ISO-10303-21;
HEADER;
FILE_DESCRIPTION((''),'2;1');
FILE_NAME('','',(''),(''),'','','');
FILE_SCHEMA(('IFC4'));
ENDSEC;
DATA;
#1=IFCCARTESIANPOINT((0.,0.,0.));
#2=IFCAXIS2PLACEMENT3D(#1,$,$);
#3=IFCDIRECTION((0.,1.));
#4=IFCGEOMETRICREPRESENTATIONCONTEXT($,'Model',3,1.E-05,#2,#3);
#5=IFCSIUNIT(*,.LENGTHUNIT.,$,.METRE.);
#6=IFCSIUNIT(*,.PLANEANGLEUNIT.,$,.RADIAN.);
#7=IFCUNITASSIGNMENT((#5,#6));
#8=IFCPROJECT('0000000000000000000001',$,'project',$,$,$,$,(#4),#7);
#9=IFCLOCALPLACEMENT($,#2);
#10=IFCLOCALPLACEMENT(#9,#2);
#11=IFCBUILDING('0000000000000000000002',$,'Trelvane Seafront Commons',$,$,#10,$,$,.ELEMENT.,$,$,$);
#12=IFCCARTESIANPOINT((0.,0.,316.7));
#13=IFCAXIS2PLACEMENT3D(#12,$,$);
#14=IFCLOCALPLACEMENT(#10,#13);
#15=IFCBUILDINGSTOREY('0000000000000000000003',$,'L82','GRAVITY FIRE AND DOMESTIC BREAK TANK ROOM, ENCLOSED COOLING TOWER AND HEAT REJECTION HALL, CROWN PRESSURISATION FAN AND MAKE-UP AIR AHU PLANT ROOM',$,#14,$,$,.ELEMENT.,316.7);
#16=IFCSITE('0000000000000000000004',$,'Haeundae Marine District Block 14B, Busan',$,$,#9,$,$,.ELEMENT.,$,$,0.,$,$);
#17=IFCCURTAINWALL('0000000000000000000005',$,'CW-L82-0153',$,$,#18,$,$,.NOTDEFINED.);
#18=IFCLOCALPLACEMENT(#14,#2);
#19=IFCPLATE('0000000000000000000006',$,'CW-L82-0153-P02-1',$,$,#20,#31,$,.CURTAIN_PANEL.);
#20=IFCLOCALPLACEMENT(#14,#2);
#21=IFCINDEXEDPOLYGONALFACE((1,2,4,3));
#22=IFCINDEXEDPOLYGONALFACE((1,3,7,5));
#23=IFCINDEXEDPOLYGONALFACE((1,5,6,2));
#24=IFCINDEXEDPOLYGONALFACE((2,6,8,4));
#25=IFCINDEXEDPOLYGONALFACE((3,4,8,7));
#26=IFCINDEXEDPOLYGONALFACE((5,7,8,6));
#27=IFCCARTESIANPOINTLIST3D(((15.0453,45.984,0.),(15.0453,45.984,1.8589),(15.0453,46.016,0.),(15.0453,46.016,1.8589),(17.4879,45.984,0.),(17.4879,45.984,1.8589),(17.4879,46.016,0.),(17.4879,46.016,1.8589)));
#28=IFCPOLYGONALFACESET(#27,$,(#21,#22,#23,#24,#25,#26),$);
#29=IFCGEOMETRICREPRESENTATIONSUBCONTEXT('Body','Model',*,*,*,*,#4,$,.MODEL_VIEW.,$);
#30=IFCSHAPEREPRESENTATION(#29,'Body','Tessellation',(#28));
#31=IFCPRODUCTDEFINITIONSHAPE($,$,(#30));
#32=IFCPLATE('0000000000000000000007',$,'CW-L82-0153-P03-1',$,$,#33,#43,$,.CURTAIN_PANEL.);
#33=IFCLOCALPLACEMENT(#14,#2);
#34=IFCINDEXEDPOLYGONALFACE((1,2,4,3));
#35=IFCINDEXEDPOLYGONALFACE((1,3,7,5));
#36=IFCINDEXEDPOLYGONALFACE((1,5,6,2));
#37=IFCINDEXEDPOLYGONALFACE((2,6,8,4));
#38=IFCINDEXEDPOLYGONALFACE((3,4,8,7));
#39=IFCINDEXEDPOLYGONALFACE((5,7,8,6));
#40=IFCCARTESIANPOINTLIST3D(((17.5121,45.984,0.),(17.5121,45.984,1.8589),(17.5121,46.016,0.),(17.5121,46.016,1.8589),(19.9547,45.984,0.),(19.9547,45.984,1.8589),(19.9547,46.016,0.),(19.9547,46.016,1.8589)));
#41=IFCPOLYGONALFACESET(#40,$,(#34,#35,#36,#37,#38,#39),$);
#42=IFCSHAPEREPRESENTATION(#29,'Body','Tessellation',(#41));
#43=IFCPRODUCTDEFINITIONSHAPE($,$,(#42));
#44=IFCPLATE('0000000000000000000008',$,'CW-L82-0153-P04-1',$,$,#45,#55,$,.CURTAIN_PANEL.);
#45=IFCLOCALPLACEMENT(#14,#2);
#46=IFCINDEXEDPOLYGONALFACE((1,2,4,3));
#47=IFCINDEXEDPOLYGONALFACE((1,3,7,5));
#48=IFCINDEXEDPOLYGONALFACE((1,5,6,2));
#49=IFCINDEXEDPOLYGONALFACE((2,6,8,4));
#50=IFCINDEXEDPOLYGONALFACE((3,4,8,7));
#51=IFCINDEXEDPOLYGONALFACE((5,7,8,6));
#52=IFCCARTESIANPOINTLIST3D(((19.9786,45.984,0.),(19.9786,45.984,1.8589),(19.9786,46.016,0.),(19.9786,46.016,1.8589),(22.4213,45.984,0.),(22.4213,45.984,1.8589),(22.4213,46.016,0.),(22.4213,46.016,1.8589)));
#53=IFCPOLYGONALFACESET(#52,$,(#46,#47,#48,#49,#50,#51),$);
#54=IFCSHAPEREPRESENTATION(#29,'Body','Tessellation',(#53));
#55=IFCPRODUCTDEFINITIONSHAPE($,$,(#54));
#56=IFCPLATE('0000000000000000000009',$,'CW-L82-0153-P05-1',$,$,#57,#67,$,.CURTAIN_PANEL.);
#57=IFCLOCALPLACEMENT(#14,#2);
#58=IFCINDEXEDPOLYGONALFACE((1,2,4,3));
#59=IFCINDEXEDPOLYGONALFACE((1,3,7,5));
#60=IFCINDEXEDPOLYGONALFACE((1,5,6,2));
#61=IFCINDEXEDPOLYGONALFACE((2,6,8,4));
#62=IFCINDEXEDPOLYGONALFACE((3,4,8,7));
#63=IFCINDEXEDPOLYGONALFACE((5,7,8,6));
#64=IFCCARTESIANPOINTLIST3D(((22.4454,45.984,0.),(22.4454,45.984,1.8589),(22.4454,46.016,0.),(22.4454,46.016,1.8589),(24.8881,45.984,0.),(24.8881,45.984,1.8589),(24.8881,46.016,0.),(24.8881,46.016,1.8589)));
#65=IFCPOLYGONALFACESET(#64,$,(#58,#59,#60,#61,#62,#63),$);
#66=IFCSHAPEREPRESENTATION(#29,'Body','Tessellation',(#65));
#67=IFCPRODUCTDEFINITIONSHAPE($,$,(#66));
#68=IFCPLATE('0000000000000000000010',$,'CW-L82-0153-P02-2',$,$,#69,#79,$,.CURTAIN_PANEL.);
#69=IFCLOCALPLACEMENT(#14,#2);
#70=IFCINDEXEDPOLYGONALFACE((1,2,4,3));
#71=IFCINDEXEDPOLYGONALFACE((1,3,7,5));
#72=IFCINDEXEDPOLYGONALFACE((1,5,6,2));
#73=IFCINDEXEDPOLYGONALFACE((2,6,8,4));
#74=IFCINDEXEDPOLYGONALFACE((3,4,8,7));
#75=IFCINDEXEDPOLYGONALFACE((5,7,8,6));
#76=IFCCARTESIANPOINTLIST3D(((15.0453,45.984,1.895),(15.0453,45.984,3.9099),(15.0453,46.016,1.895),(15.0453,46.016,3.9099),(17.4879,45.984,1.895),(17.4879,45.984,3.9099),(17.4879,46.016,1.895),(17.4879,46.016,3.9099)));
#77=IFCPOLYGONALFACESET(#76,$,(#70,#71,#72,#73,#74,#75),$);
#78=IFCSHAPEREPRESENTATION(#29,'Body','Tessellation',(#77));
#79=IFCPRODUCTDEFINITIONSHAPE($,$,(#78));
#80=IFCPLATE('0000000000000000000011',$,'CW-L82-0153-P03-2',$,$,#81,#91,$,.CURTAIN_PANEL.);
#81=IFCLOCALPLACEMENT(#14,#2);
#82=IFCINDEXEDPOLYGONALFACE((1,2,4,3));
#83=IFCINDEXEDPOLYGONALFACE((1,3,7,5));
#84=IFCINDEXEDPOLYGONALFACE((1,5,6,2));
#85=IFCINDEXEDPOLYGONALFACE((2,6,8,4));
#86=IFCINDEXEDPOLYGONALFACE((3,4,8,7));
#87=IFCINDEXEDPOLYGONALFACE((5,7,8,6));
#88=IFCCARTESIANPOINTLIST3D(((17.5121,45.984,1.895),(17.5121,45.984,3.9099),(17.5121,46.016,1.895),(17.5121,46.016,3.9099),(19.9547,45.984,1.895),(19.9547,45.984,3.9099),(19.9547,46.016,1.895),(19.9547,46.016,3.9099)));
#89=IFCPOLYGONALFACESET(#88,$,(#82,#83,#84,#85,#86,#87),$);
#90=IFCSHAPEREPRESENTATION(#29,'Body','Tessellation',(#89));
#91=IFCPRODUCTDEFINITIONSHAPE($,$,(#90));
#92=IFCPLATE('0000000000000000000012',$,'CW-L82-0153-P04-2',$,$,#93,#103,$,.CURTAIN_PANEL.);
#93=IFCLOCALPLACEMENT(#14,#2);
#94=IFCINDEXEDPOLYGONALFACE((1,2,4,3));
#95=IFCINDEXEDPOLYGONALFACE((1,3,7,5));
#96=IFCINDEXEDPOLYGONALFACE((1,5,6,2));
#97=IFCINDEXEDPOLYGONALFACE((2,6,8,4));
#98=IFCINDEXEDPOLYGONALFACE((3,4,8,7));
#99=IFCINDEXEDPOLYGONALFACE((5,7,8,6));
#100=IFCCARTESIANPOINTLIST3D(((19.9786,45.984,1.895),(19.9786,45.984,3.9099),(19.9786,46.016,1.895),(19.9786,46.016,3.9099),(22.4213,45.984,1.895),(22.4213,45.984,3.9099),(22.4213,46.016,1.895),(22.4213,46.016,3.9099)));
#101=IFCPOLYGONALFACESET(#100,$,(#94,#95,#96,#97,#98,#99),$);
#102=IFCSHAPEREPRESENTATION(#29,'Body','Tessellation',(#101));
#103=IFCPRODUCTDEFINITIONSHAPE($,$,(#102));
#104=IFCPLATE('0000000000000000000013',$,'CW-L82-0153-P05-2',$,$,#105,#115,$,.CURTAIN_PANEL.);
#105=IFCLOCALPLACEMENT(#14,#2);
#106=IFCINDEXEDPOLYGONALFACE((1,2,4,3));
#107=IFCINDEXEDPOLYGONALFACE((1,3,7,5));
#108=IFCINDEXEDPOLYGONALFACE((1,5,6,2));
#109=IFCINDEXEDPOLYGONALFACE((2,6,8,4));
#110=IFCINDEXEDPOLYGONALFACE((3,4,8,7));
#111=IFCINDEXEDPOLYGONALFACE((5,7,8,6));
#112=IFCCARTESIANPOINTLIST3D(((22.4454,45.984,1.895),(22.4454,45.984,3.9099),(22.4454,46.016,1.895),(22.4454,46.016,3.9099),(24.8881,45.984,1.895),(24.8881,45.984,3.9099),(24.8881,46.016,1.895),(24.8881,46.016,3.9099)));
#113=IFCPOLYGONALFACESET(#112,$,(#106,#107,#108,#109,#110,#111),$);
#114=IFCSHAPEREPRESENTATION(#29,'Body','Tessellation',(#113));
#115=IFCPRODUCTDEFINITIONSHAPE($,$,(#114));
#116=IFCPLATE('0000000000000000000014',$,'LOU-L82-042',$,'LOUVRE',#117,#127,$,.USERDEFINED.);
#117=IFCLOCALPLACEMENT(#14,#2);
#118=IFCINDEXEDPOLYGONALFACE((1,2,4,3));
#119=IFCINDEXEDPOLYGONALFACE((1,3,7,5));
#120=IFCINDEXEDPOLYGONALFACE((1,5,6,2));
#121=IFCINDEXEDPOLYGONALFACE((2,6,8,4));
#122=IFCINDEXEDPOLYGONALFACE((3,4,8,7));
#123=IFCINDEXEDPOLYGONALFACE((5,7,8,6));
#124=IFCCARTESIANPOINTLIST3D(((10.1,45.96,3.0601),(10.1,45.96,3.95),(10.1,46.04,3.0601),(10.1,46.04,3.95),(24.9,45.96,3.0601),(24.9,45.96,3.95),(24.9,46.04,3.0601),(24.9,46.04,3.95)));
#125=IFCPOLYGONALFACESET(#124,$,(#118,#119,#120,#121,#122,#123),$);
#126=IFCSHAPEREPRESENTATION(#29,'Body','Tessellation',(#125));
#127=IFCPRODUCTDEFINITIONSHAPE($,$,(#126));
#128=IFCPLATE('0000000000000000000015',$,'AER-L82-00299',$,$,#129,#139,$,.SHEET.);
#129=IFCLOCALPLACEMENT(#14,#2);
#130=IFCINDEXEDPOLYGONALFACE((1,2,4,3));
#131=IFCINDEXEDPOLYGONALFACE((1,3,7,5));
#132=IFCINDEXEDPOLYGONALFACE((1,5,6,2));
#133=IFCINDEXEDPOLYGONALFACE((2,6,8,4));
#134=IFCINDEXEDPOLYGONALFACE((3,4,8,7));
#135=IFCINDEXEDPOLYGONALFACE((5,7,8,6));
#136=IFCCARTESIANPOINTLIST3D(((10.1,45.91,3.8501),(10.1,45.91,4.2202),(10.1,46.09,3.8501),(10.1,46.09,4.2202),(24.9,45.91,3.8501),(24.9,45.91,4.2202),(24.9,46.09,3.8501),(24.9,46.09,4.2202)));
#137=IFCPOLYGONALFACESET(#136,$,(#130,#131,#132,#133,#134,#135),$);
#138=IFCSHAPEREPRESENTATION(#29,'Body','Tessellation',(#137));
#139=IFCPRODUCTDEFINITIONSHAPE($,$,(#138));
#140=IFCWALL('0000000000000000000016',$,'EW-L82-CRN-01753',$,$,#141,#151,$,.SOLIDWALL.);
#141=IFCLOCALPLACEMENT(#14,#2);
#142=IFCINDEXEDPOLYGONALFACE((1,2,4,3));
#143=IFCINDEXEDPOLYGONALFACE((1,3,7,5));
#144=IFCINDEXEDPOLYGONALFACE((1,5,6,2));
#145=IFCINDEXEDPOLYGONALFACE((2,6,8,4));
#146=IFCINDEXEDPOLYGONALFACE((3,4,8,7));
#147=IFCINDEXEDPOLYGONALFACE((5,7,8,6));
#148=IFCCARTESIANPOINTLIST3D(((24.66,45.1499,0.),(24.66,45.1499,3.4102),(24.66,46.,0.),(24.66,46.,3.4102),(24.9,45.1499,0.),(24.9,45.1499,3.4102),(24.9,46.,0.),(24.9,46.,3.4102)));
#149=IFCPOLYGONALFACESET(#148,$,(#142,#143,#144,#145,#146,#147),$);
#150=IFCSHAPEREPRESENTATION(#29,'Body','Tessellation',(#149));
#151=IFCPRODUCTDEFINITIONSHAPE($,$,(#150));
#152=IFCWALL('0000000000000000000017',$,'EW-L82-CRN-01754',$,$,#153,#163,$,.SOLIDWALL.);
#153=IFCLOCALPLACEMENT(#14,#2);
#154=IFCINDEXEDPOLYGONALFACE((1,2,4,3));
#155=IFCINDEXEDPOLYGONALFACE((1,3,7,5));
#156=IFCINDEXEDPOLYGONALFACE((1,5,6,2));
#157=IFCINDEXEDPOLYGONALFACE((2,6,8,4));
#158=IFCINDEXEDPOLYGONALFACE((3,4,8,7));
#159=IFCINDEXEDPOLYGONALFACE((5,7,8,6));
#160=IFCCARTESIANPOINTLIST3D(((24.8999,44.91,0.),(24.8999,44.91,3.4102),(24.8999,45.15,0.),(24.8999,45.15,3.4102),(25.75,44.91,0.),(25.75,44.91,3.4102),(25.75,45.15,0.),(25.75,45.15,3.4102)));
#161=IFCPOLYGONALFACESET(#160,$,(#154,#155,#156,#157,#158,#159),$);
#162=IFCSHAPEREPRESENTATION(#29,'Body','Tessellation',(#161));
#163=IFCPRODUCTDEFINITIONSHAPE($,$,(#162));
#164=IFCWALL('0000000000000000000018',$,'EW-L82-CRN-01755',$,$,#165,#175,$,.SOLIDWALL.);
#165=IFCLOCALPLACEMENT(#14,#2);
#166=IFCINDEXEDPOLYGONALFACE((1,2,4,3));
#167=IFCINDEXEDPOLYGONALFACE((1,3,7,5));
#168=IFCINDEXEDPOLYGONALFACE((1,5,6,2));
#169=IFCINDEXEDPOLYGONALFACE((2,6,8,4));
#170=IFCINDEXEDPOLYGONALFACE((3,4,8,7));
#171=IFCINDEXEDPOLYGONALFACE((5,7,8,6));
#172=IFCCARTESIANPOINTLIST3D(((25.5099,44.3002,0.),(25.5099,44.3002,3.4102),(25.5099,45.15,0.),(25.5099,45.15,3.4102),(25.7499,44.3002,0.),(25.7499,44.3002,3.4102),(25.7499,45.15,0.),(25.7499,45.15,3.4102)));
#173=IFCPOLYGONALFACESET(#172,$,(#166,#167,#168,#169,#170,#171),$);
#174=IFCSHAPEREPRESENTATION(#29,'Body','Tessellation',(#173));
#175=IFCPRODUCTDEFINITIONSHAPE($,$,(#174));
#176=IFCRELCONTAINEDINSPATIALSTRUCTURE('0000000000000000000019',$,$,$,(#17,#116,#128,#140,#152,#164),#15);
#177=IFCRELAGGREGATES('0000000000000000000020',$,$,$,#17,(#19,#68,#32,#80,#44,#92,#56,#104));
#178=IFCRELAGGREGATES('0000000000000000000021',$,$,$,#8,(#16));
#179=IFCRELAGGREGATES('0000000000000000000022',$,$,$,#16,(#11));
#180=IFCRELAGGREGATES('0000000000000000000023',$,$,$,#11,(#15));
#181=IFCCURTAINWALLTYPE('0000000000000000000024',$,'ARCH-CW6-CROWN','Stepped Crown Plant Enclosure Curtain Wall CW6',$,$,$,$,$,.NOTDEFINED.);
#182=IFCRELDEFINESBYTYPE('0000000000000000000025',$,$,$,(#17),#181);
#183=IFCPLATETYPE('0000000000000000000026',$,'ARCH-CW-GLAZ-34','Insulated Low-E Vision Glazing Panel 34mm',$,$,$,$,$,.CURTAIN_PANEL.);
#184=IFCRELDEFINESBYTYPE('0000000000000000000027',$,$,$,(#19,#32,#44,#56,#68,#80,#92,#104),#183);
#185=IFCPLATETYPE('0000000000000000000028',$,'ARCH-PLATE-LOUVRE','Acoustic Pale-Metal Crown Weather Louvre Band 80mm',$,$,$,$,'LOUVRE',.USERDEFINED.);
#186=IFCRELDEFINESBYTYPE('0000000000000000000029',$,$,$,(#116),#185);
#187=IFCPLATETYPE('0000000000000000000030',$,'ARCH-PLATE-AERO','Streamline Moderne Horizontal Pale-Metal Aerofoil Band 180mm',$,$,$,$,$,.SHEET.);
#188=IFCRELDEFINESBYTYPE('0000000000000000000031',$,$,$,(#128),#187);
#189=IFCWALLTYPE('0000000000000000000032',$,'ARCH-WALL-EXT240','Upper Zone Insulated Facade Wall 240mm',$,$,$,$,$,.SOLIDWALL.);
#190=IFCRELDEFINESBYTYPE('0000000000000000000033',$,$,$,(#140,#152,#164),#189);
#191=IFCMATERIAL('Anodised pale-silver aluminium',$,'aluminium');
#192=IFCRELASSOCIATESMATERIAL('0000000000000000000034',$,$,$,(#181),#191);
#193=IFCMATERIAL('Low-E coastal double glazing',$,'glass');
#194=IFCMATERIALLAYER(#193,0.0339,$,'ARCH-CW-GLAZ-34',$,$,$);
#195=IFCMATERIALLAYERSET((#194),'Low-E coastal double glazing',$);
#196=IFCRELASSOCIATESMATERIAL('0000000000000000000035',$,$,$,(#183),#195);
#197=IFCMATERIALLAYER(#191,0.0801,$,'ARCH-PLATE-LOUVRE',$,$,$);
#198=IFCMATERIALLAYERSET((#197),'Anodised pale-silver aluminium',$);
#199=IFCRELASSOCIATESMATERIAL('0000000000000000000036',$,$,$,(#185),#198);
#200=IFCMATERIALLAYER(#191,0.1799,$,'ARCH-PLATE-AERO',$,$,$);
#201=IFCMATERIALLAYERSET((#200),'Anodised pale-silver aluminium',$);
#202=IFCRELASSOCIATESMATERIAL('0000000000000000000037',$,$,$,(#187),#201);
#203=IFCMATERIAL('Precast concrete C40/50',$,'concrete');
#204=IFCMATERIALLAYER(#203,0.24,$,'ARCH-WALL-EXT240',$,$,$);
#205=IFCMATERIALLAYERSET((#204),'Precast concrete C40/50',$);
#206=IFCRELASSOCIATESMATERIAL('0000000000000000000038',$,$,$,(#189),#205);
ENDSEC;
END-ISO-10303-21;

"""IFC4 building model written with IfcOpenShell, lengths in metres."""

from ifc_helpers import new_model, si_unit, direction, frame, frame_2d, origin, origin_2d, place, context, subcontext, project, spatial, rectangle, extrude, source, transform, mapped, material, layer, layer_set, type_object, element, aggregate, save


model = new_model("IFC4")

# Units and contexts
model_context = context("Model", 3, precision=1e-05, world=origin(), true_north=direction((0.0, 1.0)))
body_context = subcontext(model_context, "Body", "Model", "MODEL_VIEW")
ifc_project = project(units=[si_unit("LENGTHUNIT", "METRE"), si_unit("PLANEANGLEUNIT", "RADIAN")], contexts=[model_context])

# Site, building, storey
site_placement = place(None, origin())
site = spatial("IfcSite", under=ifc_project, at=site_placement, Name="Haeundae Marine District Block 14B, Busan", CompositionType="ELEMENT", RefElevation=0.0)
building_placement = place(site_placement, origin())
building = spatial("IfcBuilding", under=site, at=building_placement, Name="Trelvane Seafront Commons", CompositionType="ELEMENT")
storey_placement = place(building_placement, frame((0.0, 0.0, 316.7)))
storey = spatial("IfcBuildingStorey", under=building, at=storey_placement, Name="L82", Description="GRAVITY FIRE AND DOMESTIC BREAK TANK ROOM, ENCLOSED COOLING TOWER AND HEAT REJECTION HALL, CROWN PRESSURISATION FAN AND MAKE-UP AIR AHU PLANT ROOM", CompositionType="ELEMENT", Elevation=316.7)

# Curtain wall, plates
ifc_material_1 = material(Name="Anodised pale-silver aluminium", Category="aluminium")
curtain_wall_type = type_object("IfcCurtainWallType", Name="ARCH-CW6-CROWN", Description="Stepped Crown Plant Enclosure Curtain Wall CW6", PredefinedType="NOTDEFINED", material=ifc_material_1)
curtain_wall_placement = place(storey_placement, origin())
curtain_wall = element("IfcCurtainWall", 1, at=curtain_wall_placement, inside=storey, type_object=curtain_wall_type, Name="CW-L82-0153", PredefinedType="NOTDEFINED")
ifc_material_2 = material(Name="Low-E coastal double glazing", Category="glass")
ifc_layer_1 = layer(ifc_material_2, 0.0339, Name="ARCH-CW-GLAZ-34")
ifc_layer_set_1 = layer_set([ifc_layer_1], Name="Low-E coastal double glazing")
plate_type_1 = type_object("IfcPlateType", Name="ARCH-CW-GLAZ-34", Description="Insulated Low-E Vision Glazing Panel 34mm", PredefinedType="CURTAIN_PANEL", material=ifc_layer_set_1)
shared_shape_1 = source(origin(), body_context, "Body", "SweptSolid", [
    extrude(rectangle(XDim=2.4426, YDim=0.032, at=origin_2d()), origin(), (0.0, 0.0, 1.0), 1.8589),
])
plate_1_placement = place(storey_placement, frame((16.2666, 46.0, 0.0), z_axis=(0.0, 0.0, 1.0), x_axis=(1.0, 0.0, 0.0)))
plate_1 = element("IfcPlate", 2, at=plate_1_placement, type_object=plate_type_1, Name="CW-L82-0153-P02-1", PredefinedType="CURTAIN_PANEL", context=body_context, shape_type="MappedRepresentation", body=[
    mapped(shared_shape_1, transform((0.0, 0.0, 0.0), x_axis=(1.0, 0.0, 0.0), y_axis=(0.0, 1.0, 0.0), z_axis=(0.0, 0.0, 1.0), scale=1.0)),
])
plate_2_placement = place(storey_placement, frame((18.7334, 46.0, 0.0), z_axis=(0.0, 0.0, 1.0), x_axis=(1.0, 0.0, 0.0)))
plate_2 = element("IfcPlate", 3, at=plate_2_placement, type_object=plate_type_1, Name="CW-L82-0153-P03-1", PredefinedType="CURTAIN_PANEL", context=body_context, shape_type="MappedRepresentation", body=[
    mapped(shared_shape_1, transform((0.0, 0.0, 0.0), x_axis=(1.0, 0.0, 0.0), y_axis=(0.0, 1.0, 0.0), z_axis=(0.0, 0.0, 1.0), scale=1.0)),
])
plate_3_placement = place(storey_placement, frame((21.2, 46.0, 0.0), z_axis=(0.0, 0.0, 1.0), x_axis=(1.0, 0.0, 0.0)))
plate_3 = element("IfcPlate", 4, at=plate_3_placement, type_object=plate_type_1, Name="CW-L82-0153-P04-1", PredefinedType="CURTAIN_PANEL", context=body_context, shape_type="MappedRepresentation", body=[
    mapped(shared_shape_1, transform((0.0, 0.0, 0.0), x_axis=(1.0, 0.0, 0.0), y_axis=(0.0, 1.0, 0.0), z_axis=(0.0, 0.0, 1.0), scale=1.0)),
])
plate_4_placement = place(storey_placement, frame((23.6667, 46.0, 0.0), z_axis=(0.0, 0.0, 1.0), x_axis=(1.0, 0.0, 0.0)))
plate_4 = element("IfcPlate", 5, at=plate_4_placement, type_object=plate_type_1, Name="CW-L82-0153-P05-1", PredefinedType="CURTAIN_PANEL", context=body_context, shape_type="MappedRepresentation", body=[
    mapped(shared_shape_1, transform((0.0, 0.0, 0.0), x_axis=(1.0, 0.0, 0.0), y_axis=(0.0, 1.0, 0.0), z_axis=(0.0, 0.0, 1.0), scale=1.0)),
])
shared_shape_2 = source(origin(), body_context, "Body", "SweptSolid", [
    extrude(rectangle(XDim=2.4426, YDim=0.032, at=origin_2d()), origin(), (0.0, 0.0, 1.0), 2.0149),
])
plate_5_placement = place(storey_placement, frame((16.2666, 46.0, 1.895), z_axis=(0.0, 0.0, 1.0), x_axis=(1.0, 0.0, 0.0)))
plate_5 = element("IfcPlate", 6, at=plate_5_placement, type_object=plate_type_1, Name="CW-L82-0153-P02-2", PredefinedType="CURTAIN_PANEL", context=body_context, shape_type="MappedRepresentation", body=[
    mapped(shared_shape_2, transform((0.0, 0.0, 0.0), x_axis=(1.0, 0.0, 0.0), y_axis=(0.0, 1.0, 0.0), z_axis=(0.0, 0.0, 1.0), scale=1.0)),
])
plate_6_placement = place(storey_placement, frame((18.7334, 46.0, 1.895), z_axis=(0.0, 0.0, 1.0), x_axis=(1.0, 0.0, 0.0)))
plate_6 = element("IfcPlate", 7, at=plate_6_placement, type_object=plate_type_1, Name="CW-L82-0153-P03-2", PredefinedType="CURTAIN_PANEL", context=body_context, shape_type="MappedRepresentation", body=[
    mapped(shared_shape_2, transform((0.0, 0.0, 0.0), x_axis=(1.0, 0.0, 0.0), y_axis=(0.0, 1.0, 0.0), z_axis=(0.0, 0.0, 1.0), scale=1.0)),
])
plate_7_placement = place(storey_placement, frame((21.2, 46.0, 1.895), z_axis=(0.0, 0.0, 1.0), x_axis=(1.0, 0.0, 0.0)))
plate_7 = element("IfcPlate", 8, at=plate_7_placement, type_object=plate_type_1, Name="CW-L82-0153-P04-2", PredefinedType="CURTAIN_PANEL", context=body_context, shape_type="MappedRepresentation", body=[
    mapped(shared_shape_2, transform((0.0, 0.0, 0.0), x_axis=(1.0, 0.0, 0.0), y_axis=(0.0, 1.0, 0.0), z_axis=(0.0, 0.0, 1.0), scale=1.0)),
])
plate_8_placement = place(storey_placement, frame((23.6667, 46.0, 1.895), z_axis=(0.0, 0.0, 1.0), x_axis=(1.0, 0.0, 0.0)))
plate_8 = element("IfcPlate", 9, at=plate_8_placement, type_object=plate_type_1, Name="CW-L82-0153-P05-2", PredefinedType="CURTAIN_PANEL", context=body_context, shape_type="MappedRepresentation", body=[
    mapped(shared_shape_2, transform((0.0, 0.0, 0.0), x_axis=(1.0, 0.0, 0.0), y_axis=(0.0, 1.0, 0.0), z_axis=(0.0, 0.0, 1.0), scale=1.0)),
])
aggregate(curtain_wall, [plate_1, plate_5, plate_2, plate_6, plate_3, plate_7, plate_4, plate_8])

# Plates
ifc_layer_2 = layer(ifc_material_1, 0.0801, Name="ARCH-PLATE-LOUVRE")
ifc_layer_set_2 = layer_set([ifc_layer_2], Name="Anodised pale-silver aluminium")
plate_type_2 = type_object("IfcPlateType", Name="ARCH-PLATE-LOUVRE", Description="Acoustic Pale-Metal Crown Weather Louvre Band 80mm", ElementType="LOUVRE", PredefinedType="USERDEFINED", material=ifc_layer_set_2)
shared_shape_3 = source(origin(), body_context, "Body", "SweptSolid", [
    extrude(rectangle(XDim=14.8, YDim=0.0801, at=origin_2d()), origin(), (0.0, 0.0, 1.0), 0.8899),
])
plate_9_placement = place(storey_placement, frame((17.5, 46.0, 3.0601), z_axis=(0.0, 0.0, 1.0), x_axis=(1.0, 0.0, 0.0)))
element("IfcPlate", 10, at=plate_9_placement, inside=storey, type_object=plate_type_2, Name="LOU-L82-042", ObjectType="LOUVRE", PredefinedType="USERDEFINED", context=body_context, shape_type="MappedRepresentation", body=[
    mapped(shared_shape_3, transform((0.0, 0.0, 0.0), x_axis=(1.0, 0.0, 0.0), y_axis=(0.0, 1.0, 0.0), z_axis=(0.0, 0.0, 1.0), scale=1.0)),
])
ifc_layer_3 = layer(ifc_material_1, 0.1799, Name="ARCH-PLATE-AERO")
ifc_layer_set_3 = layer_set([ifc_layer_3], Name="Anodised pale-silver aluminium")
plate_type_3 = type_object("IfcPlateType", Name="ARCH-PLATE-AERO", Description="Streamline Moderne Horizontal Pale-Metal Aerofoil Band 180mm", PredefinedType="SHEET", material=ifc_layer_set_3)
shared_shape_4 = source(origin(), body_context, "Body", "SweptSolid", [
    extrude(rectangle(XDim=14.8, YDim=0.1799, at=origin_2d()), origin(), (0.0, 0.0, 1.0), 0.3701),
])
plate_10_placement = place(storey_placement, frame((17.5, 46.0, 3.8501), z_axis=(0.0, 0.0, 1.0), x_axis=(1.0, 0.0, 0.0)))
element("IfcPlate", 11, at=plate_10_placement, inside=storey, type_object=plate_type_3, Name="AER-L82-00299", PredefinedType="SHEET", context=body_context, shape_type="MappedRepresentation", body=[
    mapped(shared_shape_4, transform((0.0, 0.0, 0.0), x_axis=(1.0, 0.0, 0.0), y_axis=(0.0, 1.0, 0.0), z_axis=(0.0, 0.0, 1.0), scale=1.0)),
])

# Walls
ifc_material_3 = material(Name="Precast concrete C40/50", Category="concrete")
ifc_layer_4 = layer(ifc_material_3, 0.24, Name="ARCH-WALL-EXT240")
ifc_layer_set_4 = layer_set([ifc_layer_4], Name="Precast concrete C40/50")
wall_type_1 = type_object("IfcWallType", Name="ARCH-WALL-EXT240", Description="Upper Zone Insulated Facade Wall 240mm", PredefinedType="SOLIDWALL", material=ifc_layer_set_4)
for number, where, z_axis, x_axis, name in (
    (12, (24.78, 46.0, 0.0), (0.0, 0.0, 1.0), (0.0, -1.0, 0.0), "EW-L82-CRN-01753"),
    (13, (24.8999, 45.03, 0.0), (0.0, 0.0, 1.0), (1.0, 0.0, 0.0), "EW-L82-CRN-01754"),
):
    element("IfcWall", number, at=place(storey_placement, frame(where, z_axis=z_axis, x_axis=x_axis)), inside=storey, type_object=wall_type_1, Name=name, PredefinedType="SOLIDWALL", context=body_context, shape_type="SweptSolid", body=[
        extrude(rectangle(XDim=0.8501, YDim=0.24, at=frame_2d((0.425, 0.0))), origin(), (0.0, 0.0, 1.0), 3.4102),
    ])
wall_1_placement = place(storey_placement, frame((25.6299, 45.1499, 0.0), z_axis=(0.0, 0.0, 1.0), x_axis=(0.0, -1.0, 0.0)))
element("IfcWall", 14, at=wall_1_placement, inside=storey, type_object=wall_type_1, Name="EW-L82-CRN-01755", PredefinedType="SOLIDWALL", context=body_context, shape_type="SweptSolid", body=[
    extrude(rectangle(XDim=0.8499, YDim=0.24, at=frame_2d((0.4248, 0.0))), origin(), (0.0, 0.0, 1.0), 3.4102),
])

save(model, "model.ifc")
